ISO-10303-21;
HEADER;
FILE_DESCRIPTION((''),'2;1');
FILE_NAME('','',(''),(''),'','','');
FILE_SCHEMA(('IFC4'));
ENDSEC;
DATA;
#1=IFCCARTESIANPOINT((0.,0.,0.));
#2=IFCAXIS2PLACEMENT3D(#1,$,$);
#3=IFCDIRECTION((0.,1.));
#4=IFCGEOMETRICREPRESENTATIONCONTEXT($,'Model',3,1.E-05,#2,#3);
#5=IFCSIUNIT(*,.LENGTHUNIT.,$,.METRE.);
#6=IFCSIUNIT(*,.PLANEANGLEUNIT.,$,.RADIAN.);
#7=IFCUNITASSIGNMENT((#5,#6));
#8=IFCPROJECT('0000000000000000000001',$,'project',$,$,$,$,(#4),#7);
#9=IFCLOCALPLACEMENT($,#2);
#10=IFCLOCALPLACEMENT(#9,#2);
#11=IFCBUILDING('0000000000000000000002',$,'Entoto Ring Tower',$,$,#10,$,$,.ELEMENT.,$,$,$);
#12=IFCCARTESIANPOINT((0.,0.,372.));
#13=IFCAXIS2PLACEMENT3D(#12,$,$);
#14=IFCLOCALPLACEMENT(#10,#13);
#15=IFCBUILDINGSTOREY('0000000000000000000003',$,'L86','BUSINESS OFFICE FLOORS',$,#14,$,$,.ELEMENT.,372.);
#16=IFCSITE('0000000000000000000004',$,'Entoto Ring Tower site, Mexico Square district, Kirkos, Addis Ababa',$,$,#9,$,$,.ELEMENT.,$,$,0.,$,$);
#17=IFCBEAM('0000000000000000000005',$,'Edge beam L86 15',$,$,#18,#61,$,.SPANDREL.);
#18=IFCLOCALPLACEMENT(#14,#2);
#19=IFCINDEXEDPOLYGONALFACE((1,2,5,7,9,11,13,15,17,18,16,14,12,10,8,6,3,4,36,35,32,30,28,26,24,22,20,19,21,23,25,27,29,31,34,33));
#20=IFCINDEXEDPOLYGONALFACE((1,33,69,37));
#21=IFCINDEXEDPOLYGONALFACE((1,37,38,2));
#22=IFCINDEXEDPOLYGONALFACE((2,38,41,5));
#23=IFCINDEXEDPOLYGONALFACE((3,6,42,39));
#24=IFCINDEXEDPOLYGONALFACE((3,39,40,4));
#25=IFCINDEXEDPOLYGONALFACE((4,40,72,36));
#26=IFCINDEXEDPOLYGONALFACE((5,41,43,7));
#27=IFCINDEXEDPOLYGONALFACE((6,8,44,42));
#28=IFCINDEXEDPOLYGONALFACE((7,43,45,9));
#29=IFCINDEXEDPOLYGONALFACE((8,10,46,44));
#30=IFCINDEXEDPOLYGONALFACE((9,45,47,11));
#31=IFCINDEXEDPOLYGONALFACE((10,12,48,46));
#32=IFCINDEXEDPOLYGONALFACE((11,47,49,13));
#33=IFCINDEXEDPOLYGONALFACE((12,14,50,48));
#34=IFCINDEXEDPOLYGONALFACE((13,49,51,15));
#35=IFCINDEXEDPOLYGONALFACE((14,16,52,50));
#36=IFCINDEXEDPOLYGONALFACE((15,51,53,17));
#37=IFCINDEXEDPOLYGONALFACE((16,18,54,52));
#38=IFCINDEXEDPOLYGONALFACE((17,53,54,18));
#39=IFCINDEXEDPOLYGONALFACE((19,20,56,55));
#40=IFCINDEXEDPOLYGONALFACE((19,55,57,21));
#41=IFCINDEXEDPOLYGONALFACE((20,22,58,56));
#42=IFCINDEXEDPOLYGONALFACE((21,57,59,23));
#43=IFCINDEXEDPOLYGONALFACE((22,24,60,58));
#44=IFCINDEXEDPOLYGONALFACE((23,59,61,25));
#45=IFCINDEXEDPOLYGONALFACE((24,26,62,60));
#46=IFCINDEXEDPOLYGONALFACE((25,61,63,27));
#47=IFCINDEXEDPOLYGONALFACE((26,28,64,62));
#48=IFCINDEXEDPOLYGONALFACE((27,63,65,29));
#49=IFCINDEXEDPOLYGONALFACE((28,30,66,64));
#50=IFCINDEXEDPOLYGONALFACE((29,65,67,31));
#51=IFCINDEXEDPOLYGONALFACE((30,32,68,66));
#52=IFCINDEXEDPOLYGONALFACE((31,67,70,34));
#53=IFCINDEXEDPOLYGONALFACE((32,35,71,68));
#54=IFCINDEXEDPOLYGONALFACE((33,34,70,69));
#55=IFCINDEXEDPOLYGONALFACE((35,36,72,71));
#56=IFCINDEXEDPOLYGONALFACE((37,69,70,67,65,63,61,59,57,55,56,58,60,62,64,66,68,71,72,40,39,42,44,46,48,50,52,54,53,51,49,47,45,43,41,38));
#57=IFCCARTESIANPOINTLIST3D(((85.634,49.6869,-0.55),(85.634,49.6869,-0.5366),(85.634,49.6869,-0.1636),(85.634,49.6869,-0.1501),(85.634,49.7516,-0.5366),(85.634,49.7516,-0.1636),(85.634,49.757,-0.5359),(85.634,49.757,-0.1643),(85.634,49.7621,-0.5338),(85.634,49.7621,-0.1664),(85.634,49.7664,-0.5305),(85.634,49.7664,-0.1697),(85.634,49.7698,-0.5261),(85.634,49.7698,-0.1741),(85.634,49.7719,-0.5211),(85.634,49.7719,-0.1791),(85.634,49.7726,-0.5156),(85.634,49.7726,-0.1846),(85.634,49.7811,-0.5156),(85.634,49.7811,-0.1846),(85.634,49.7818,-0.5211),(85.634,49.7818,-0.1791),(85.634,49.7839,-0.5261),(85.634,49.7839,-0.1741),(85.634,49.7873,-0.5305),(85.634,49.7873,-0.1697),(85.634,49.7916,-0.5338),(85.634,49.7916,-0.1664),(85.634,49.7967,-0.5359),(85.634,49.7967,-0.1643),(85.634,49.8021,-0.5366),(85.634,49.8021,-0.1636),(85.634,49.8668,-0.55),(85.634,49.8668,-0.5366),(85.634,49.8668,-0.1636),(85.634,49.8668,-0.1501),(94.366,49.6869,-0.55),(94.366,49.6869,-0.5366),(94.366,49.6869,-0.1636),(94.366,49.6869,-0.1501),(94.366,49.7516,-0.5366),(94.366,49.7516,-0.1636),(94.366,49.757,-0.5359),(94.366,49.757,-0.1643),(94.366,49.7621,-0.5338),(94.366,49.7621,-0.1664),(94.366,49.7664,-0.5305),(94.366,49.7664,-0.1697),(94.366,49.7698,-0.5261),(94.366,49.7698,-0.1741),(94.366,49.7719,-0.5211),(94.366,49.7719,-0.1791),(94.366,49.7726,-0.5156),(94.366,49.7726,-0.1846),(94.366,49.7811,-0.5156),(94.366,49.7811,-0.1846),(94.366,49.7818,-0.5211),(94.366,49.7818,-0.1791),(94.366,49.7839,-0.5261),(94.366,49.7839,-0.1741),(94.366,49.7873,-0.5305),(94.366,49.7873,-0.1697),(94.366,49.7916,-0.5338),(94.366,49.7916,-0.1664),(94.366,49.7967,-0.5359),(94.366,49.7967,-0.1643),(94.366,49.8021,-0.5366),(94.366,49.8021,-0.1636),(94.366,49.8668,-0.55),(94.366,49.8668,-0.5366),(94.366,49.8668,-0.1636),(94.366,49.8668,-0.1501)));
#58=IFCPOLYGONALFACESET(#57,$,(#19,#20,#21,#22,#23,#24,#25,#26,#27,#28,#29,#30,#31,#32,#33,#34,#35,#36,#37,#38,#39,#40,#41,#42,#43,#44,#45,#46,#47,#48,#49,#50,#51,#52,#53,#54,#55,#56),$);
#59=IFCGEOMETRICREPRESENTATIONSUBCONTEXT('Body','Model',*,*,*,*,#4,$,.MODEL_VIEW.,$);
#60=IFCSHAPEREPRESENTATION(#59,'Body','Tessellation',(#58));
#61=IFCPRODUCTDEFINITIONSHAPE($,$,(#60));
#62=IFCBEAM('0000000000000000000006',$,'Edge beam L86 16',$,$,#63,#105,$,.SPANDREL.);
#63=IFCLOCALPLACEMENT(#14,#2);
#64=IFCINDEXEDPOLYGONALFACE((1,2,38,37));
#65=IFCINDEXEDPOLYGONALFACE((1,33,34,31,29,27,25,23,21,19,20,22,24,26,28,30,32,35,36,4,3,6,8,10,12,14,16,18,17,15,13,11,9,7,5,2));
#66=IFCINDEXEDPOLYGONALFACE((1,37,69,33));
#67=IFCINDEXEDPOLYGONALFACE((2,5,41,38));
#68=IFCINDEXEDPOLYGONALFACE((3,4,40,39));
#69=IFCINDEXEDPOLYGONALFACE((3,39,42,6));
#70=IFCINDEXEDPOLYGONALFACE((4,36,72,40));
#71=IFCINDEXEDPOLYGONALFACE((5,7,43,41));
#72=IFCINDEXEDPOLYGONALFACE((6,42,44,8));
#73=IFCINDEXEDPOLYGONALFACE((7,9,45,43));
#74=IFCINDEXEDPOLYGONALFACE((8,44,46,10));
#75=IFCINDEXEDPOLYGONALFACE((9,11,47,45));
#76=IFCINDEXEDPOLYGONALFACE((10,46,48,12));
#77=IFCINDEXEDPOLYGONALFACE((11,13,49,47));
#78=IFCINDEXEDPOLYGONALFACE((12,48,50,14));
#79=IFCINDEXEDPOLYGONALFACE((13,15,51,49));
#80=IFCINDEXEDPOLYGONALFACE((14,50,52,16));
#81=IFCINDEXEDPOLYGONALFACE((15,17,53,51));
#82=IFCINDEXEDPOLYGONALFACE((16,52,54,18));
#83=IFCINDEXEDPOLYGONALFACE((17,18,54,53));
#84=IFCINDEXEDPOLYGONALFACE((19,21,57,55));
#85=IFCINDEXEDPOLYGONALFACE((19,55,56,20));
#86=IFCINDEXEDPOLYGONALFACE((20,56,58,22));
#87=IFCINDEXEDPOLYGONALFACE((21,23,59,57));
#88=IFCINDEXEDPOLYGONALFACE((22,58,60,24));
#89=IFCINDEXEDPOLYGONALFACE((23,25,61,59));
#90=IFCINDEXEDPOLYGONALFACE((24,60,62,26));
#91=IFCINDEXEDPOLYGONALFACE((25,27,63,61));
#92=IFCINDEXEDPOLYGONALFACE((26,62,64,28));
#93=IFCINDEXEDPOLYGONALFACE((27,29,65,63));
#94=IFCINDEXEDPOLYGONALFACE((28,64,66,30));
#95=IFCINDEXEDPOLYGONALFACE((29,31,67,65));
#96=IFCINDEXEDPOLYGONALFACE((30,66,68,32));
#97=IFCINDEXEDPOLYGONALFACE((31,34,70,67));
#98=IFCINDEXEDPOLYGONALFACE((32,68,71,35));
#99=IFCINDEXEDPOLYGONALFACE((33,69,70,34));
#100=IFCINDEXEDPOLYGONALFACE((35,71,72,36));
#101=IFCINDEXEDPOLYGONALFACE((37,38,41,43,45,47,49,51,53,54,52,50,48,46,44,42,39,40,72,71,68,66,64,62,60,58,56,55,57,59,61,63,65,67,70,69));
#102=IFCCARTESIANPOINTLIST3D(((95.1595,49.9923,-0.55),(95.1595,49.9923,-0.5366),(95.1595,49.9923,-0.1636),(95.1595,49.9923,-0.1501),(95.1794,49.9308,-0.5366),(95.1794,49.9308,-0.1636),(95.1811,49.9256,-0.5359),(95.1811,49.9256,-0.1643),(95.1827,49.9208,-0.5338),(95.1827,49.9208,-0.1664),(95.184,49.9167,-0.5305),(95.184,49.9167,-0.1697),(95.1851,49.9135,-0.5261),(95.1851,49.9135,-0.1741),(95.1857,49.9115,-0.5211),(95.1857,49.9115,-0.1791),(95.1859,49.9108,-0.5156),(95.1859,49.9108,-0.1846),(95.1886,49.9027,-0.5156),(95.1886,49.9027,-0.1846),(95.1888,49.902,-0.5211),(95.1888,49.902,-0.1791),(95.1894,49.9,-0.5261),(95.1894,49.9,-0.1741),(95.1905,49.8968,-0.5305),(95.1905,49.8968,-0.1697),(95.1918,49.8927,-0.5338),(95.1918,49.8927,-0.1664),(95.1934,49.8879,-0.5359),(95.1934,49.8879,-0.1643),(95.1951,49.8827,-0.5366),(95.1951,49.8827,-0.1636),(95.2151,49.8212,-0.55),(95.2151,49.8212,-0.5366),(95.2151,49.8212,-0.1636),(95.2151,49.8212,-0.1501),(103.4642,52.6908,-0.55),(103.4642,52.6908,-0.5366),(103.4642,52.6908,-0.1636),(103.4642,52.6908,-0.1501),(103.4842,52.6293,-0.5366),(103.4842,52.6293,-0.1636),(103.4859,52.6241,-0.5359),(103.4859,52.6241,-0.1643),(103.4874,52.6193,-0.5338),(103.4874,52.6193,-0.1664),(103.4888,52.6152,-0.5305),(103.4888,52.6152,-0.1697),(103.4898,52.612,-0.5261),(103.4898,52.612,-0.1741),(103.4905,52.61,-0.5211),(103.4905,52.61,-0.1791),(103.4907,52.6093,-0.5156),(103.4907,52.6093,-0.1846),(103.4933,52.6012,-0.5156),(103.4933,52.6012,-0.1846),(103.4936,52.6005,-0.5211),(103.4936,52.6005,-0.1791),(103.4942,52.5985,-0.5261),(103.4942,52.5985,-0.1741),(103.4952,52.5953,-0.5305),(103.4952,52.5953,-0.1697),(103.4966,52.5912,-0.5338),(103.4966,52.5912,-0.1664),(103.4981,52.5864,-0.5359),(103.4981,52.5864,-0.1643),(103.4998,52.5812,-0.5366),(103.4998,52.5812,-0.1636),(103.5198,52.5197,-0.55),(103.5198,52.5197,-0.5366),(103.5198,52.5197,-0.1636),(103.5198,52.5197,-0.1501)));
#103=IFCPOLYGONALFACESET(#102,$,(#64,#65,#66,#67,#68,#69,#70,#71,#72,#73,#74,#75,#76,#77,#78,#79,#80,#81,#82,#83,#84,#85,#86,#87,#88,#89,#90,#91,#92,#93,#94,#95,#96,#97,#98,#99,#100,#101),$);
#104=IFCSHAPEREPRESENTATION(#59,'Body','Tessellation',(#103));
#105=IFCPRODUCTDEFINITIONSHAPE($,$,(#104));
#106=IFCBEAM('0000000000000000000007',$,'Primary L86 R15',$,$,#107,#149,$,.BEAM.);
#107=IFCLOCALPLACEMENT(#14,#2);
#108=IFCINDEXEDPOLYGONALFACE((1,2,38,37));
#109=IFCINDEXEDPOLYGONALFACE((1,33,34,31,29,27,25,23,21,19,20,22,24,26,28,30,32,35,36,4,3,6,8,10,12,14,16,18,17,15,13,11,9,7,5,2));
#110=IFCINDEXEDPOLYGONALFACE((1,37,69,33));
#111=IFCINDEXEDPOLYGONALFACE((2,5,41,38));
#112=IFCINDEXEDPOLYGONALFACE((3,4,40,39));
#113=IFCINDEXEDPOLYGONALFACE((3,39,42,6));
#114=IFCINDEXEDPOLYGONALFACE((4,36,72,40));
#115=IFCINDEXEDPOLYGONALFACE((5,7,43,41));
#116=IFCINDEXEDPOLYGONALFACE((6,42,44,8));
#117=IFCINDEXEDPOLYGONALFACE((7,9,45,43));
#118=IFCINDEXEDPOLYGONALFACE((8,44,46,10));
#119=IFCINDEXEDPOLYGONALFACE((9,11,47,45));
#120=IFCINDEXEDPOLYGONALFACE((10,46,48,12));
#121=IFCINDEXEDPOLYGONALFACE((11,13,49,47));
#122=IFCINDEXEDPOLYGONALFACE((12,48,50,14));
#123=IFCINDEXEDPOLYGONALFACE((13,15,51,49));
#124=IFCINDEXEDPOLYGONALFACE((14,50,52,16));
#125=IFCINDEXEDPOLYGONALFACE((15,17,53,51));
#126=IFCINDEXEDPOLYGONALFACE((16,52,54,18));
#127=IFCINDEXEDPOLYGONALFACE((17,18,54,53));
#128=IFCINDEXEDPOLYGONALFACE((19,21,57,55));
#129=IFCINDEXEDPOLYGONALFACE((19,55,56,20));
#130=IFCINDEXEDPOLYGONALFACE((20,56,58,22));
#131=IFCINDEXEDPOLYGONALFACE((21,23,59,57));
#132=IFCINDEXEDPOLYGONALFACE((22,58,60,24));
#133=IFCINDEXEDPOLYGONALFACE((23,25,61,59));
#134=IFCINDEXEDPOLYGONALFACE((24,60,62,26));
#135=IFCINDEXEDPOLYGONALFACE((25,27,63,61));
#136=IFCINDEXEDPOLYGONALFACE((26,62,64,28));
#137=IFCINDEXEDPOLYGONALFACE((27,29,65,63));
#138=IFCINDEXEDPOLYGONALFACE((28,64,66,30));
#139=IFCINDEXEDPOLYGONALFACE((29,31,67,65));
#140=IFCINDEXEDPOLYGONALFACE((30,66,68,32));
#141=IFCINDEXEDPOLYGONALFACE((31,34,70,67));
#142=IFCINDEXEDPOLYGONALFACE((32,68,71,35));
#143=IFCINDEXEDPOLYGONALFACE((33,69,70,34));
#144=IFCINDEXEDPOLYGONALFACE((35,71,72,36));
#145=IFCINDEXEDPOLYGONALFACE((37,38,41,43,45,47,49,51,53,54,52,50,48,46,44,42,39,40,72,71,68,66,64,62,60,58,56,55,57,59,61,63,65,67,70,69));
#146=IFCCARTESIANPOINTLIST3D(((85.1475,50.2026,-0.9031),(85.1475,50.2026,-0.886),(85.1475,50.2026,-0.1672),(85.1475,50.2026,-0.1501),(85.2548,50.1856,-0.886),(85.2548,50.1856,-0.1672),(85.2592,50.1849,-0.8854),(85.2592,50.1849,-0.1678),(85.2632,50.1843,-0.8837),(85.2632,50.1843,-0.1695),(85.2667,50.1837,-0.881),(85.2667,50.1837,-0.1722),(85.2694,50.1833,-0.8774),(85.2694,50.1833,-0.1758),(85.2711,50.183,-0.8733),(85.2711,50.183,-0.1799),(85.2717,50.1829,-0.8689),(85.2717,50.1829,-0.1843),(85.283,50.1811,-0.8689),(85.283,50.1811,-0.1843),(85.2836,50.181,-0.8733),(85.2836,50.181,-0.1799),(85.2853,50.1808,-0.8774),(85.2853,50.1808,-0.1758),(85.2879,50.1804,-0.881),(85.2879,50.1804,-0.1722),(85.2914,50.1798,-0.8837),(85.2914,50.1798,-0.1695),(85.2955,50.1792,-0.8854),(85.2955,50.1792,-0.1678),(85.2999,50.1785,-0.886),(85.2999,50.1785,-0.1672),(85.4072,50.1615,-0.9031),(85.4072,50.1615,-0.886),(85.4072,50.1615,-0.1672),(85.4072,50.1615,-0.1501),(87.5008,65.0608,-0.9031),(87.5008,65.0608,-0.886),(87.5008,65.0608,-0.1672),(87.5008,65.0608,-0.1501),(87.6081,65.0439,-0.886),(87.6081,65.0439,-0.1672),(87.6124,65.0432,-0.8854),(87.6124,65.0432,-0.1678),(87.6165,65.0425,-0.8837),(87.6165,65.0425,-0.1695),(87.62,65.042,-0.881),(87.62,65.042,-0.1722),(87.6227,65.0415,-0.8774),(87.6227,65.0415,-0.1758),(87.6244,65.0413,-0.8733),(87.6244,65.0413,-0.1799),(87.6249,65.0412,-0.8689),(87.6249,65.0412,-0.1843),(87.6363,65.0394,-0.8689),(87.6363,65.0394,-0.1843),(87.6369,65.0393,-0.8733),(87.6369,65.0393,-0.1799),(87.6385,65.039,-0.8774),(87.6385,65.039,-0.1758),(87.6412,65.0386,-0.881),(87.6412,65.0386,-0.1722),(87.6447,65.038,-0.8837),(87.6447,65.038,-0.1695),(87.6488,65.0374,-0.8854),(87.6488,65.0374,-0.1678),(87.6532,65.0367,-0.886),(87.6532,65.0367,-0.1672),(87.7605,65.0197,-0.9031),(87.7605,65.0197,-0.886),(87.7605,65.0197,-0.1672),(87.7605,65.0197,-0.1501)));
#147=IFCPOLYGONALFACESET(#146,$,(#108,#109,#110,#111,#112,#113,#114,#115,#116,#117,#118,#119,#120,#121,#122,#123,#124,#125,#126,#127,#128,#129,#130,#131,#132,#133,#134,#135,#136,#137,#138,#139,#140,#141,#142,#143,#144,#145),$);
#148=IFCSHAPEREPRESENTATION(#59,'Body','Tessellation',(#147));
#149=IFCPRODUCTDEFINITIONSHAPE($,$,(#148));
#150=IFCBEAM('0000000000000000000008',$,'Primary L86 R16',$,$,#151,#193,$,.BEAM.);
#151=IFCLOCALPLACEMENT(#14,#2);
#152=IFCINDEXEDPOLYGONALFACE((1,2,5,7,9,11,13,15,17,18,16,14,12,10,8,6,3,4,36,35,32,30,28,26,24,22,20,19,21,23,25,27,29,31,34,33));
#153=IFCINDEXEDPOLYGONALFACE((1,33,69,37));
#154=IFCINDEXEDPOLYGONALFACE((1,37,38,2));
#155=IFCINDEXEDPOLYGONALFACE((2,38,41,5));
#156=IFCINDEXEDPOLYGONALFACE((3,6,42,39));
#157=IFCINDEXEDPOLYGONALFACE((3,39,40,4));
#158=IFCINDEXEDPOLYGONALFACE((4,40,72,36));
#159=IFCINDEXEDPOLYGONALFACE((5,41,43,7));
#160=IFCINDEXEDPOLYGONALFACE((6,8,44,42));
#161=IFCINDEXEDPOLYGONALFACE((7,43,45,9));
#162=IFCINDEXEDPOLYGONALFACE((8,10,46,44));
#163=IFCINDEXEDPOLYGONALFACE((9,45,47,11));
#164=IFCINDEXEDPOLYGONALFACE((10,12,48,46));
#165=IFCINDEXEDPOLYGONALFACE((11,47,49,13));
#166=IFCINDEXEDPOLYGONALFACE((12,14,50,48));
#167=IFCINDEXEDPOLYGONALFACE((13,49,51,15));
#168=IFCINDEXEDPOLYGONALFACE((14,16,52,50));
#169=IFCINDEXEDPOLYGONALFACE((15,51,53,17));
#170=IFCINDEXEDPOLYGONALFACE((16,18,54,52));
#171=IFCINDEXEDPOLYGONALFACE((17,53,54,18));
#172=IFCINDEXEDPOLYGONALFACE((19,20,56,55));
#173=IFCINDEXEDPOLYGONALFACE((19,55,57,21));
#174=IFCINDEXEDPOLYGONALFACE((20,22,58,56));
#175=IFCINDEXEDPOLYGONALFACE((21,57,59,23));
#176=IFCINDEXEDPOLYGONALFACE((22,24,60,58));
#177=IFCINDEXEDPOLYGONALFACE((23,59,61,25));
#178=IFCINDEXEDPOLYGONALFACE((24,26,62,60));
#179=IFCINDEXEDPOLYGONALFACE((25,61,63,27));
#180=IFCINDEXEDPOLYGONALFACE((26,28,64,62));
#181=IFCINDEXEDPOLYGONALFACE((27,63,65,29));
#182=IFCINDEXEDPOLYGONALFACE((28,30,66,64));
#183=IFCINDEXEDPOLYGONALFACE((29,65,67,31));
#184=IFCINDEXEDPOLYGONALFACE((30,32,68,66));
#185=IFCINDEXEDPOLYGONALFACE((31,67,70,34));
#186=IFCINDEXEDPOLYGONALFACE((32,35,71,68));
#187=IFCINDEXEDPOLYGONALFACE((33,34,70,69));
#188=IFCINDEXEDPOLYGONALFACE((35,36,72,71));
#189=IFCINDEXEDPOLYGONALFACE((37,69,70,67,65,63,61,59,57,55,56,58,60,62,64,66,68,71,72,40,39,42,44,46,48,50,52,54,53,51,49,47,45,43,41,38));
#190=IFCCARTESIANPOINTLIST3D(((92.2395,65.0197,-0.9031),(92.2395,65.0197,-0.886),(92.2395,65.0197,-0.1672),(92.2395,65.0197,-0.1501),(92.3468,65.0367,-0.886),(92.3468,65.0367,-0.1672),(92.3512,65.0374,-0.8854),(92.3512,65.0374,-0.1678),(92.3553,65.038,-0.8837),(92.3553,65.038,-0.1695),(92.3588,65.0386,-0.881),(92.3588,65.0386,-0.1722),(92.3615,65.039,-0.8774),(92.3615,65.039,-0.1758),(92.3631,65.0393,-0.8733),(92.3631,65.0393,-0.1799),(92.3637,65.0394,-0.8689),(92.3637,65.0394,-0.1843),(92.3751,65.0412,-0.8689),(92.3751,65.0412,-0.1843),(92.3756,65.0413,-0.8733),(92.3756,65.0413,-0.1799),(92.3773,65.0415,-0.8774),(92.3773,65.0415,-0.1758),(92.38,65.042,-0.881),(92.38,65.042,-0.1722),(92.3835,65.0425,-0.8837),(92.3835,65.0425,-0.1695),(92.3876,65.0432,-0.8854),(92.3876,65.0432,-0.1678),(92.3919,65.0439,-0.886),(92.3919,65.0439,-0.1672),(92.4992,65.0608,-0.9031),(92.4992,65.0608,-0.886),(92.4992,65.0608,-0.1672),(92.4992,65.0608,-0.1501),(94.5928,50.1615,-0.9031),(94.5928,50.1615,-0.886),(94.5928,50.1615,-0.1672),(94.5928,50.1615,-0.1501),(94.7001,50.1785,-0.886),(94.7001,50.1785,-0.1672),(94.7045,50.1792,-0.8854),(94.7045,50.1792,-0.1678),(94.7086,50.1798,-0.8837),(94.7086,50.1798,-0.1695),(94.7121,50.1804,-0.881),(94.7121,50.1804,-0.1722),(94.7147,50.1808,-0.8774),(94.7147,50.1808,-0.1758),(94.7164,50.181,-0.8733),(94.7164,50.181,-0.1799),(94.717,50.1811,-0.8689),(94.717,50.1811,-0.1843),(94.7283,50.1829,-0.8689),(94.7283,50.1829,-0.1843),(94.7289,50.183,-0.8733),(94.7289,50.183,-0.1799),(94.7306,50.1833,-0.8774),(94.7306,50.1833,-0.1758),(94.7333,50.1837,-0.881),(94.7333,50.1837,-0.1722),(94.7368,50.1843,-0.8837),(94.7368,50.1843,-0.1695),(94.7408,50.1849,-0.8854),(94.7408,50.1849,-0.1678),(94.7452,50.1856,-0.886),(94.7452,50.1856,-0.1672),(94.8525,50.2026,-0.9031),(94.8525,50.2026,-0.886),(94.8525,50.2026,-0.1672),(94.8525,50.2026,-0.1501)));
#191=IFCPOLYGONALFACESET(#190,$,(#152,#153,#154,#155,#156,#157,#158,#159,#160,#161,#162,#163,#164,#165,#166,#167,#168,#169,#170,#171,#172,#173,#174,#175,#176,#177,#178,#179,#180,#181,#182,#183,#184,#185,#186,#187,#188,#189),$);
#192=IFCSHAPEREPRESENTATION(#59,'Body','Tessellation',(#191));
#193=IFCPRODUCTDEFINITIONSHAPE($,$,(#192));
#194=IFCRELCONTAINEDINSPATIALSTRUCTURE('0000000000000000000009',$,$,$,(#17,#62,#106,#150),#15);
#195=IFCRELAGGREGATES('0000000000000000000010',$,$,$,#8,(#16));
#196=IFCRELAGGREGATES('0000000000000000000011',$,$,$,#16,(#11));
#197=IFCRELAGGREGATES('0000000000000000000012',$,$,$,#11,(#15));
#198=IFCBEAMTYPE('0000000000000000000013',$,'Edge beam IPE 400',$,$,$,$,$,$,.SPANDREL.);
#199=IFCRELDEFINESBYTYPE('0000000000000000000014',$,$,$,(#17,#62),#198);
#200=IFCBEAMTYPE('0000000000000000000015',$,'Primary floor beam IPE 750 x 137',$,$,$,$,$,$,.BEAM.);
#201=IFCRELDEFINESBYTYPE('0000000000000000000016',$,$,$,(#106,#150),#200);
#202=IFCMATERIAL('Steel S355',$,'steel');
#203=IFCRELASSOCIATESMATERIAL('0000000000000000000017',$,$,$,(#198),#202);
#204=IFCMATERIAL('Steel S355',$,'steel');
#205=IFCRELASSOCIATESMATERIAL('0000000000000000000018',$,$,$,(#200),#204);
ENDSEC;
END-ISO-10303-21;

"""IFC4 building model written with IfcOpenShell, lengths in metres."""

from ifc_helpers import new_model, si_unit, direction, frame, origin, origin_2d, place, context, subcontext, project, spatial, i_section, extrude, material, material_profile, profile_set, type_object, element, save


model = new_model("IFC4")

# Units and contexts
model_context = context("Model", 3, precision=1e-05, world=origin(), true_north=direction((0.0, 1.0)))
body_context = subcontext(model_context, "Body", "Model", "MODEL_VIEW")
ifc_project = project(units=[si_unit("LENGTHUNIT", "METRE"), si_unit("PLANEANGLEUNIT", "RADIAN")], contexts=[model_context])

# Site, building, storey
site_placement = place(None, origin())
site = spatial("IfcSite", under=ifc_project, at=site_placement, Name="Entoto Ring Tower site, Mexico Square district, Kirkos, Addis Ababa", CompositionType="ELEMENT", RefElevation=0.0)
building_placement = place(site_placement, origin())
building = spatial("IfcBuilding", under=site, at=building_placement, Name="Entoto Ring Tower", CompositionType="ELEMENT")
storey_placement = place(building_placement, frame((0.0, 0.0, 372.0)))
storey = spatial("IfcBuildingStorey", under=building, at=storey_placement, Name="L86", Description="BUSINESS OFFICE FLOORS", CompositionType="ELEMENT", Elevation=372.0)

# Beams
ifc_material_1 = material(Name="Steel S355", Category="steel")
ifc_material_profile_1 = material_profile(ifc_material_1, i_section(OverallWidth=0.1799, OverallDepth=0.3999, WebThickness=0.0085, FlangeThickness=0.0134, FilletRadius=0.021, at=origin_2d()), Name="IPE 400")
ifc_profile_set_1 = profile_set([ifc_material_profile_1], Name="Steel S355")
beam_type_1 = type_object("IfcBeamType", Name="Edge beam IPE 400", PredefinedType="SPANDREL", material=ifc_profile_set_1)
beam_1_placement = place(storey_placement, frame((85.634, 49.7769, -0.3501), z_axis=(1.0, 0.0, 0.0), x_axis=(0.0, 1.0, 0.0)))
element("IfcBeam", 1, at=beam_1_placement, inside=storey, type_object=beam_type_1, Name="Edge beam L86 15", PredefinedType="SPANDREL", context=body_context, shape_type="SweptSolid", body=[
    extrude(i_section(OverallWidth=0.1799, OverallDepth=0.3999, WebThickness=0.0085, FlangeThickness=0.0134, FilletRadius=0.021, at=origin_2d()), origin(), (0.0, 0.0, 1.0), 8.7319),
])
beam_2_placement = place(storey_placement, frame((95.1873, 49.9067, -0.3501), z_axis=(0.951052, 0.30903, 0.0), x_axis=(-0.30903, 0.951052, 0.0)))
element("IfcBeam", 2, at=beam_2_placement, inside=storey, type_object=beam_type_1, Name="Edge beam L86 16", PredefinedType="SPANDREL", context=body_context, shape_type="SweptSolid", body=[
    extrude(i_section(OverallWidth=0.1799, OverallDepth=0.3999, WebThickness=0.0085, FlangeThickness=0.0134, FilletRadius=0.021, at=origin_2d()), origin(), (0.0, 0.0, 1.0), 8.7322),
])
ifc_material_2 = material(Name="Steel S355", Category="steel")
ifc_material_profile_2 = material_profile(ifc_material_2, i_section(OverallWidth=0.2629, OverallDepth=0.7529, WebThickness=0.0115, FlangeThickness=0.0171, FilletRadius=0.0171, at=origin_2d()), Name="IPE 750 x 137")
ifc_profile_set_2 = profile_set([ifc_material_profile_2], Name="Steel S355")
beam_type_2 = type_object("IfcBeamType", Name="Primary floor beam IPE 750 x 137", PredefinedType="BEAM", material=ifc_profile_set_2)
for number, where, z_axis, x_axis, name in (
    (3, (87.6306, 65.0403, -0.5266), (-0.156433, -0.987689, 0.0), (0.987689, -0.156433, 0.0), "Primary L86 R15"),
    (4, (92.3694, 65.0403, -0.5266), (0.156433, -0.987689, 0.0), (0.987689, 0.156433, 0.0), "Primary L86 R16"),
):
    element("IfcBeam", number, at=place(storey_placement, frame(where, z_axis=z_axis, x_axis=x_axis)), inside=storey, type_object=beam_type_2, Name=name, PredefinedType="BEAM", context=body_context, shape_type="SweptSolid", body=[
        extrude(i_section(OverallWidth=0.2629, OverallDepth=0.7529, WebThickness=0.0115, FlangeThickness=0.0171, FilletRadius=0.0171, at=origin_2d()), origin(), (0.0, 0.0, 1.0), 15.0435),
    ])

save(model, "model.ifc")
